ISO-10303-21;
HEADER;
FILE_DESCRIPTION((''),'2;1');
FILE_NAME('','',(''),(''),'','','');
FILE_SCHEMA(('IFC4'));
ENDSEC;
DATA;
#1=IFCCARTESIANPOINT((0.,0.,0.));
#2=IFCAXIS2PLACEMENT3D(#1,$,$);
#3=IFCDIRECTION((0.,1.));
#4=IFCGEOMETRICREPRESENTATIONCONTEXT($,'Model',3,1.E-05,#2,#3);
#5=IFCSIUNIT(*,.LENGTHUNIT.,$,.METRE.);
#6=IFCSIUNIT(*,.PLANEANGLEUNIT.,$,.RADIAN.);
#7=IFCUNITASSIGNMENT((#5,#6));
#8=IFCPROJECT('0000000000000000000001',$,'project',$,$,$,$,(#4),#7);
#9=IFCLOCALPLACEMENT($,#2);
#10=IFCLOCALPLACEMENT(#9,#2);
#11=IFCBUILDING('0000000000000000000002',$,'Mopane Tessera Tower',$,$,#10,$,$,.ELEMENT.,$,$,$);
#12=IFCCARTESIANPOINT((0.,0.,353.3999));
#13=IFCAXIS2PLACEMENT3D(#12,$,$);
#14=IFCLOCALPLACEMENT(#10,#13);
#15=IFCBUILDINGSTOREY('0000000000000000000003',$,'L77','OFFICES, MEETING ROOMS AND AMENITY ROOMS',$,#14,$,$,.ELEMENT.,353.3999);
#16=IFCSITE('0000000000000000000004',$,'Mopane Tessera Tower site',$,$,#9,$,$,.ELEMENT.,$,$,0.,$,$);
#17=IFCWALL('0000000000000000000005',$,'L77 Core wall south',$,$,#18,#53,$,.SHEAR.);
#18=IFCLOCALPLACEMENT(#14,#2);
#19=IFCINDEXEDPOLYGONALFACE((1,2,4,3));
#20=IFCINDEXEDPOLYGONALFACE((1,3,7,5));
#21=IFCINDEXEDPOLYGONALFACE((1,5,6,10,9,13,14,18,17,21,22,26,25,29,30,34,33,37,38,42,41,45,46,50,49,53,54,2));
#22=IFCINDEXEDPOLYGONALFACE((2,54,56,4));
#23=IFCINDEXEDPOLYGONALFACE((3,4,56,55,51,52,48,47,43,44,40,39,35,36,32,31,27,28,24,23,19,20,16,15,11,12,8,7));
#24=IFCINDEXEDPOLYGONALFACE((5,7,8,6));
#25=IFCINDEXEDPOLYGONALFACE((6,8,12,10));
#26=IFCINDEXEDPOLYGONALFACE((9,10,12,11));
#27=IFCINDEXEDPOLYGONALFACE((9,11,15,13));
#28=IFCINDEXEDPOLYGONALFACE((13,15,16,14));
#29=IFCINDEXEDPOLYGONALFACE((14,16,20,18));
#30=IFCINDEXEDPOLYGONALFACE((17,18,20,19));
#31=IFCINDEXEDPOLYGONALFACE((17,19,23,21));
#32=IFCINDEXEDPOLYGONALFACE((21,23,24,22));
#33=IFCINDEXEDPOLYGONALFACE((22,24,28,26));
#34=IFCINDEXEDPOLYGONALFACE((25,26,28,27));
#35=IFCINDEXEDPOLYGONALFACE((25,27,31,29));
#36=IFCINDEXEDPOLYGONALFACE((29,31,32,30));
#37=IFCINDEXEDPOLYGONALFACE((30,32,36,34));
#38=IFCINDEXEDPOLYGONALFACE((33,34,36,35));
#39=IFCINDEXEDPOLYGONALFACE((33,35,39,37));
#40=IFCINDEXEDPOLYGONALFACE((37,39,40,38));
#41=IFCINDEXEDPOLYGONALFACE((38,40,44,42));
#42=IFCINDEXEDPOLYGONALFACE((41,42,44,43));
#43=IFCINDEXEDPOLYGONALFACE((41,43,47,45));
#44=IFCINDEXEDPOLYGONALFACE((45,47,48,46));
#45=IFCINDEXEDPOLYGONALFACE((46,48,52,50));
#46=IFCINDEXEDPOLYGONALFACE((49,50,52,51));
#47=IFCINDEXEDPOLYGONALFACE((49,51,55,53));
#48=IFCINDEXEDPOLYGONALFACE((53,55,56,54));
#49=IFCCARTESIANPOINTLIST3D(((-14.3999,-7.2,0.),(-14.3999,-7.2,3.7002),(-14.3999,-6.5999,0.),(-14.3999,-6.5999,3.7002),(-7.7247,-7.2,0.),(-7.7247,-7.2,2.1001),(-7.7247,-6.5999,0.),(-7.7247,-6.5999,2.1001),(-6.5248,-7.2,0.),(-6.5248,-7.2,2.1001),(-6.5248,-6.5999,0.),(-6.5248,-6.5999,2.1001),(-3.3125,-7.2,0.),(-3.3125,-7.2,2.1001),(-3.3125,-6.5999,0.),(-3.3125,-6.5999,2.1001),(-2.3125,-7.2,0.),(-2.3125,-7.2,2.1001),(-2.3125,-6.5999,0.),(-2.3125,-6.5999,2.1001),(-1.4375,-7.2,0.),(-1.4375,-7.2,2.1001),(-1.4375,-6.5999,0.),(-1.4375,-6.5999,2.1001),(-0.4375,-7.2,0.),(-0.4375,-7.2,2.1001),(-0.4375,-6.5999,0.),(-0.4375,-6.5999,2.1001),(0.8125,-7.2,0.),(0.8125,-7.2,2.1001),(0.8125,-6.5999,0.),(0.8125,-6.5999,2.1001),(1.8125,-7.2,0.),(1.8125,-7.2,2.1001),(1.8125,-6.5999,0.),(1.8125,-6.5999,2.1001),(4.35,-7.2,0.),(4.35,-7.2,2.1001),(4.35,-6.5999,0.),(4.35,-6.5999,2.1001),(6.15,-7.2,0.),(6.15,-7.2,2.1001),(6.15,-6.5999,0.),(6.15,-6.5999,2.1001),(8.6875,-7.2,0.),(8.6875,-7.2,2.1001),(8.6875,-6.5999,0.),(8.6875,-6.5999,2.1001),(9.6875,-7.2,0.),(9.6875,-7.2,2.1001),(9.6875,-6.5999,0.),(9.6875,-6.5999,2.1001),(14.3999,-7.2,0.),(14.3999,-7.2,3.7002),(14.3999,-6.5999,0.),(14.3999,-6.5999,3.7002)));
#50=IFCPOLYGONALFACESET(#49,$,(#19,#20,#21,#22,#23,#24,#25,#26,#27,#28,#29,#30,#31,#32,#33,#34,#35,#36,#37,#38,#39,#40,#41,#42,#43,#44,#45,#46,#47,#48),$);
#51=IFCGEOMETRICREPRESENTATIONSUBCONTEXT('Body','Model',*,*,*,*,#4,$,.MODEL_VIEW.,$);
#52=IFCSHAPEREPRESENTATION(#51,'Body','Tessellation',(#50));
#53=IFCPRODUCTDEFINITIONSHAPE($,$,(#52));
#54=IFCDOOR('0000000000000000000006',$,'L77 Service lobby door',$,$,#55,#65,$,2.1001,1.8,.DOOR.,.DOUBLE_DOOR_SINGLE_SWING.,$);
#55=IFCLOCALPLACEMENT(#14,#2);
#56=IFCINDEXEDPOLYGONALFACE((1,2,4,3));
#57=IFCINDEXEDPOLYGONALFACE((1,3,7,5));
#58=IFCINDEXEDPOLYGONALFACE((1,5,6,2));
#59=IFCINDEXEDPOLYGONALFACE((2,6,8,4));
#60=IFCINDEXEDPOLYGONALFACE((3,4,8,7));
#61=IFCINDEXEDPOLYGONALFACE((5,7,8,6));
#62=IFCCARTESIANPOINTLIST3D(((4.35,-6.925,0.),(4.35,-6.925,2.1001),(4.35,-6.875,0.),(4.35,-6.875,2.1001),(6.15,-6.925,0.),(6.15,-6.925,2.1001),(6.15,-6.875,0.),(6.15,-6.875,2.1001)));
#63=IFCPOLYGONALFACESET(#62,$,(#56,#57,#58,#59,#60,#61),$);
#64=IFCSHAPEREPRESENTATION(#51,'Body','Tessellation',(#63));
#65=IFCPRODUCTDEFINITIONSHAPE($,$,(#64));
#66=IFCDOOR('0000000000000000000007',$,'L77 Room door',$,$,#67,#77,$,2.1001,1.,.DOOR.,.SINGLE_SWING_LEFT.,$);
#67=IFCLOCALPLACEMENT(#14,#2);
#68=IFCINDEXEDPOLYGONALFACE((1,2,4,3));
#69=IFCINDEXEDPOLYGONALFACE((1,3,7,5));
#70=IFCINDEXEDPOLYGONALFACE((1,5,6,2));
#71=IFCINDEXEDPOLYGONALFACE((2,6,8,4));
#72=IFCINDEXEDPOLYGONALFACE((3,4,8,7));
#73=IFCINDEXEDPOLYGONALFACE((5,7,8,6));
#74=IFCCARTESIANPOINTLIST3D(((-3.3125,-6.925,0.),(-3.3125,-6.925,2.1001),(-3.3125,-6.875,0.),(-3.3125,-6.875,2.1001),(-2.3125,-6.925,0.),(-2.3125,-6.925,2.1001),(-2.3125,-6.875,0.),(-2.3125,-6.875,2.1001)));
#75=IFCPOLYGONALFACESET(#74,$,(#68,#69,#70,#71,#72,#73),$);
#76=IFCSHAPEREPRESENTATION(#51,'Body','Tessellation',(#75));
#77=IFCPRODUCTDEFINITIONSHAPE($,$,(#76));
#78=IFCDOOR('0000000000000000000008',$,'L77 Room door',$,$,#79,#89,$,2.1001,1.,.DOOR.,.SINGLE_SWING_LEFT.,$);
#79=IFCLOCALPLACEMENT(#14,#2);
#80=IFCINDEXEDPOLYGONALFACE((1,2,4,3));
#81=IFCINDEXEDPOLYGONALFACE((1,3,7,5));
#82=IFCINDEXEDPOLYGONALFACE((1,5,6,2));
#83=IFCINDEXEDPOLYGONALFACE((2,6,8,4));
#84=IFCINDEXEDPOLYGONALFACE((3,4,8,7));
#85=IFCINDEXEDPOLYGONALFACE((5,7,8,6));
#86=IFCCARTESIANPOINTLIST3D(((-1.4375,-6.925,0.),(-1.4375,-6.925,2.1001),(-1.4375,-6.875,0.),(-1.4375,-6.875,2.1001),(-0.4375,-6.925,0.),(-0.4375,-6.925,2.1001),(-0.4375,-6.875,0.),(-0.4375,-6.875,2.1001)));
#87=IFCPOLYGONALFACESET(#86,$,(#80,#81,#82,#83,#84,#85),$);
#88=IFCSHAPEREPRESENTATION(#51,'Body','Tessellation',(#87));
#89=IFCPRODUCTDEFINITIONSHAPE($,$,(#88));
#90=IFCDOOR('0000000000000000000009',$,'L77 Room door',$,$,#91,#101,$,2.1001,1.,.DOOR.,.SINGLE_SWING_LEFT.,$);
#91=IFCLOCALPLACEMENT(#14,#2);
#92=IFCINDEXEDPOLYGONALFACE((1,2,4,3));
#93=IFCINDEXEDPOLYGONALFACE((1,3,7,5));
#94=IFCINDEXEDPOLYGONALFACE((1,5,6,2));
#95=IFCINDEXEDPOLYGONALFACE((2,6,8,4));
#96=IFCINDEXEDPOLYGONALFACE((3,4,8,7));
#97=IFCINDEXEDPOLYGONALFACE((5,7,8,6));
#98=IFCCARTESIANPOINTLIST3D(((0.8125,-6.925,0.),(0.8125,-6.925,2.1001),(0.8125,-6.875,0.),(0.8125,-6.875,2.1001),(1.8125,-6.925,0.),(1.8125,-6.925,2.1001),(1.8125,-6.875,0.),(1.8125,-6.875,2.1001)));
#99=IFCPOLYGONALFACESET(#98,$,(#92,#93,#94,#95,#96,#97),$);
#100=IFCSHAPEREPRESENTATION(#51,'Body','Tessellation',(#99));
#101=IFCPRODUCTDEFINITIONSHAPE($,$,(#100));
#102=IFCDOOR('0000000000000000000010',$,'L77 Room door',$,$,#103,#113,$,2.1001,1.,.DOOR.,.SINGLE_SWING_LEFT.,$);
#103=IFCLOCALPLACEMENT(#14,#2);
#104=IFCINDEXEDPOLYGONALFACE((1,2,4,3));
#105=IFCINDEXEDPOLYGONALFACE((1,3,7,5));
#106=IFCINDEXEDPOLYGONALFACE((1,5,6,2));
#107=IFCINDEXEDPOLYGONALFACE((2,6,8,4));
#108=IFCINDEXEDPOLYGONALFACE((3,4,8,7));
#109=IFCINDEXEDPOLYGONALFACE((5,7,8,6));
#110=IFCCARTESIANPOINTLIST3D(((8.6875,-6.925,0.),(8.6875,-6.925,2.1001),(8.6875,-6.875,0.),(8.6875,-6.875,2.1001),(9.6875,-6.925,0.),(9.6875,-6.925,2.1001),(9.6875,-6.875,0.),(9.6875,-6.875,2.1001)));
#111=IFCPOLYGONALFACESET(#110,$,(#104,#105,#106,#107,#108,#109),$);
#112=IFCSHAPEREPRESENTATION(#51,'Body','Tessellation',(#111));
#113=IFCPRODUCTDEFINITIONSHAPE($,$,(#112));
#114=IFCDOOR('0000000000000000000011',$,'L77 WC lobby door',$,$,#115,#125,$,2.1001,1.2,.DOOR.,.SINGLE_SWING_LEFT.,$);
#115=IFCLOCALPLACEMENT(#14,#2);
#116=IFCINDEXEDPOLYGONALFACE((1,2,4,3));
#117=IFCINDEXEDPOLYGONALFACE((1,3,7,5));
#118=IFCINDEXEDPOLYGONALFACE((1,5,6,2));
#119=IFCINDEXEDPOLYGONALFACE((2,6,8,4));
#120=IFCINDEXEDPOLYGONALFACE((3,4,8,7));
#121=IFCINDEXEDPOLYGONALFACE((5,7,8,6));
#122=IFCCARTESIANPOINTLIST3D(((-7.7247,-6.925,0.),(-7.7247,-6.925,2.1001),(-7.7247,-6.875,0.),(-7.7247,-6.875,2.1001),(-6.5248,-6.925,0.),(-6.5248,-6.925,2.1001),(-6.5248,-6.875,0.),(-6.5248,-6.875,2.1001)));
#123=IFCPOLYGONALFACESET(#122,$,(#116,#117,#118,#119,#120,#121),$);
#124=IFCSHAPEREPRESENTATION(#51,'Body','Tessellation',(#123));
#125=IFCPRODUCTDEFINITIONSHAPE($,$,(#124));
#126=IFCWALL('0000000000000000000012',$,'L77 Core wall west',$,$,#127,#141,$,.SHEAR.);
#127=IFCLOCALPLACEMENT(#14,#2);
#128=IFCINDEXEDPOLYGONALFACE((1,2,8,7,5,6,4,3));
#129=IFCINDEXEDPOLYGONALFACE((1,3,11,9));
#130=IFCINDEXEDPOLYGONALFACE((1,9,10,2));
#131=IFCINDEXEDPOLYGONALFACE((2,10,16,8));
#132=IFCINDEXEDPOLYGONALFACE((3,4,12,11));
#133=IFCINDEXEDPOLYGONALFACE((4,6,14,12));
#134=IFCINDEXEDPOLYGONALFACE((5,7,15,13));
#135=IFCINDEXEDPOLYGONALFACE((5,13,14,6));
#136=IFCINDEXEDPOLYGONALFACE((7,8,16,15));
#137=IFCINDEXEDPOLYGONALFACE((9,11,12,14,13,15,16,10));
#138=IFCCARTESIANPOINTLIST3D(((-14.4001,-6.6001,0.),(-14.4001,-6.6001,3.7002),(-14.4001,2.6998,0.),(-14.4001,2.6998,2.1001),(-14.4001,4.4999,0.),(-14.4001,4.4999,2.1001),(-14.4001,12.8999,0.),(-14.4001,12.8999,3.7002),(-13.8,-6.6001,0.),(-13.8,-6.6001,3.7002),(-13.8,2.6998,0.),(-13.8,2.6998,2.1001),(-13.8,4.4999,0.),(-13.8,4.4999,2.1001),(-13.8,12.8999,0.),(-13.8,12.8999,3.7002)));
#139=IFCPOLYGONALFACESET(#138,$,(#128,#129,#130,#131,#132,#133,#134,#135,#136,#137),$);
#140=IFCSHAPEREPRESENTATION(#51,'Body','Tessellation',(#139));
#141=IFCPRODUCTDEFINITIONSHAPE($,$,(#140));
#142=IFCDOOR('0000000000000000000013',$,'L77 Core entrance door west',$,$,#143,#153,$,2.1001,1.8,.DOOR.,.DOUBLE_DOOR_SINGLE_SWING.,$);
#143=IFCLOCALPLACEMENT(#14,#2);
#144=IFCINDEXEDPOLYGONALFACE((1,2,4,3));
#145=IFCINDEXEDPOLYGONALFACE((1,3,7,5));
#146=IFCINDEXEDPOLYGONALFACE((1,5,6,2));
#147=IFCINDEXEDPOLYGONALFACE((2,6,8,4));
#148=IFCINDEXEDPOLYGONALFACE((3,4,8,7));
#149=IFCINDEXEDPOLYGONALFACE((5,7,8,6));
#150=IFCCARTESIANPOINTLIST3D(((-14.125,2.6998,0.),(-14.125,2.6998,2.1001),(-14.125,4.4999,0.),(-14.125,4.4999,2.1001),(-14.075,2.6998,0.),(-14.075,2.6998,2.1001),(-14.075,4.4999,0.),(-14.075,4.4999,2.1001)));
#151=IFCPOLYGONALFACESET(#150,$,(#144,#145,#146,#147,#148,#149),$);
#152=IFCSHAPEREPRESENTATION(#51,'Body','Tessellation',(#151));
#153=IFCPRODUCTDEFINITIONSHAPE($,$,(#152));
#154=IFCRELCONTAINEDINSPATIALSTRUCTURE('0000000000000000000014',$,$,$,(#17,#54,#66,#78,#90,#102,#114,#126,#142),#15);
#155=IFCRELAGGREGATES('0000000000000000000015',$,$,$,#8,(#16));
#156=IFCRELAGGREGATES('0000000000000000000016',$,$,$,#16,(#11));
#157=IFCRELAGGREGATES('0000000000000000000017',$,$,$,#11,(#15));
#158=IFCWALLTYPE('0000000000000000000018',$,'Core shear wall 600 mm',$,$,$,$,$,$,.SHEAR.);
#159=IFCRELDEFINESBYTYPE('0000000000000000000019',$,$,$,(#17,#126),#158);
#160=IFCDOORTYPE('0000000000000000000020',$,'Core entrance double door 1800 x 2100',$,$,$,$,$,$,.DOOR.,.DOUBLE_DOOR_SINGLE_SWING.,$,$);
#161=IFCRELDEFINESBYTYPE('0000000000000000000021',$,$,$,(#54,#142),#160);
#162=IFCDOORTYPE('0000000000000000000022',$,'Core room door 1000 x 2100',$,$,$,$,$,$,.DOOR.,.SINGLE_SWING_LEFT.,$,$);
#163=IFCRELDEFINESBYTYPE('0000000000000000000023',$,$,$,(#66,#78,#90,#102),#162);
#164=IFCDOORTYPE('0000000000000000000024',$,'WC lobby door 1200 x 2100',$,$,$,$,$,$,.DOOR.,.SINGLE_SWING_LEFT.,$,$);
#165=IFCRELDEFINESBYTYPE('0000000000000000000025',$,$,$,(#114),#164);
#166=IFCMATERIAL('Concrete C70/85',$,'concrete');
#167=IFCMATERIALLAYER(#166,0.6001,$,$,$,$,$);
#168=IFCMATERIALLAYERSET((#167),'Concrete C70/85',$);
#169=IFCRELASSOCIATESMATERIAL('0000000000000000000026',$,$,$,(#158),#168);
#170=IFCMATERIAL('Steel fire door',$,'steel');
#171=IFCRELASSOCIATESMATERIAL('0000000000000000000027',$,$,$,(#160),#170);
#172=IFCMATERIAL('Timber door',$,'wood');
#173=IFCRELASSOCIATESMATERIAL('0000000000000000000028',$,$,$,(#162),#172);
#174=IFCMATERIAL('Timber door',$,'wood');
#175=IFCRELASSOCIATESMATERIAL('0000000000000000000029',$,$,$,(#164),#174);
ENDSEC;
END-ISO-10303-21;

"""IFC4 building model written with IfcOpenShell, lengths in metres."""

from ifc_helpers import new_model, si_unit, direction, frame, frame_2d, origin, place, context, subcontext, project, spatial, rectangle, extrude, material, layer, layer_set, type_object, element, fill, save


model = new_model("IFC4")

# Units and contexts
model_context = context("Model", 3, precision=1e-05, world=origin(), true_north=direction((0.0, 1.0)))
body_context = subcontext(model_context, "Body", "Model", "MODEL_VIEW")
ifc_project = project(units=[si_unit("LENGTHUNIT", "METRE"), si_unit("PLANEANGLEUNIT", "RADIAN")], contexts=[model_context])

# Site, building, storey
site_placement = place(None, origin())
site = spatial("IfcSite", under=ifc_project, at=site_placement, Name="Mopane Tessera Tower site", CompositionType="ELEMENT", RefElevation=0.0)
building_placement = place(site_placement, origin())
building = spatial("IfcBuilding", under=site, at=building_placement, Name="Mopane Tessera Tower", CompositionType="ELEMENT")
storey_placement = place(building_placement, frame((0.0, 0.0, 353.3999)))
storey = spatial("IfcBuildingStorey", under=building, at=storey_placement, Name="L77", Description="OFFICES, MEETING ROOMS AND AMENITY ROOMS", CompositionType="ELEMENT", Elevation=353.3999)

# Wall, openings, doors
ifc_material_1 = material(Name="Concrete C70/85", Category="concrete")
ifc_layer_1 = layer(ifc_material_1, 0.6001)
ifc_layer_set_1 = layer_set([ifc_layer_1], Name="Concrete C70/85")
wall_type = type_object("IfcWallType", Name="Core shear wall 600 mm", PredefinedType="SHEAR", material=ifc_layer_set_1)
wall_1_placement = place(storey_placement, frame((-14.3999, -6.8999, 0.0), z_axis=(0.0, 0.0, 1.0), x_axis=(1.0, 0.0, 0.0)))
wall_1 = element("IfcWall", 1, at=wall_1_placement, inside=storey, type_object=wall_type, Name="L77 Core wall south", PredefinedType="SHEAR", context=body_context, shape_type="SweptSolid", body=[
    extrude(rectangle(XDim=28.7998, YDim=0.6001, at=frame_2d((14.3999, 0.0))), origin(), (0.0, 0.0, 1.0), 3.7002),
])
opening_1_placement = place(wall_1_placement, frame((6.675, 0.0, 0.0)))
opening_1 = element("IfcOpeningElement", 2, at=opening_1_placement, cuts=wall_1, PredefinedType="OPENING", context=body_context, shape_type="SweptSolid", body=[
    extrude(rectangle(XDim=1.2, YDim=2.1001, at=frame_2d((0.6001, 1.05))), frame((0.0, 0.312, 0.0), z_axis=(0.0, -1.0, 0.0), x_axis=(1.0, 0.0, 0.0)), (0.0, 0.0, 1.0), 0.624),
])
opening_2_placement = place(wall_1_placement, frame((11.0874, 0.0, 0.0)))
opening_2 = element("IfcOpeningElement", 3, at=opening_2_placement, cuts=wall_1, PredefinedType="OPENING", context=body_context, shape_type="SweptSolid", body=[
    extrude(rectangle(XDim=1.0, YDim=2.1001, at=frame_2d((0.5, 1.05))), frame((0.0, 0.312, 0.0), z_axis=(0.0, -1.0, 0.0), x_axis=(1.0, 0.0, 0.0)), (0.0, 0.0, 1.0), 0.624),
])
opening_3_placement = place(wall_1_placement, frame((12.9624, 0.0, 0.0)))
opening_3 = element("IfcOpeningElement", 4, at=opening_3_placement, cuts=wall_1, PredefinedType="OPENING", context=body_context, shape_type="SweptSolid", body=[
    extrude(rectangle(XDim=1.0, YDim=2.1001, at=frame_2d((0.5, 1.05))), frame((0.0, 0.312, 0.0), z_axis=(0.0, -1.0, 0.0), x_axis=(1.0, 0.0, 0.0)), (0.0, 0.0, 1.0), 0.624),
])
opening_4_placement = place(wall_1_placement, frame((15.2124, 0.0, 0.0)))
opening_4 = element("IfcOpeningElement", 5, at=opening_4_placement, cuts=wall_1, PredefinedType="OPENING", context=body_context, shape_type="SweptSolid", body=[
    extrude(rectangle(XDim=1.0, YDim=2.1001, at=frame_2d((0.5, 1.05))), frame((0.0, 0.312, 0.0), z_axis=(0.0, -1.0, 0.0), x_axis=(1.0, 0.0, 0.0)), (0.0, 0.0, 1.0), 0.624),
])
opening_5_placement = place(wall_1_placement, frame((18.75, 0.0, 0.0)))
opening_5 = element("IfcOpeningElement", 6, at=opening_5_placement, cuts=wall_1, PredefinedType="OPENING", context=body_context, shape_type="SweptSolid", body=[
    extrude(rectangle(XDim=1.8, YDim=2.1001, at=frame_2d((0.8999, 1.05))), frame((0.0, 0.312, 0.0), z_axis=(0.0, -1.0, 0.0), x_axis=(1.0, 0.0, 0.0)), (0.0, 0.0, 1.0), 0.624),
])
opening_6_placement = place(wall_1_placement, frame((23.0874, 0.0, 0.0)))
opening_6 = element("IfcOpeningElement", 7, at=opening_6_placement, cuts=wall_1, PredefinedType="OPENING", context=body_context, shape_type="SweptSolid", body=[
    extrude(rectangle(XDim=1.0, YDim=2.1001, at=frame_2d((0.5, 1.05))), frame((0.0, 0.312, 0.0), z_axis=(0.0, -1.0, 0.0), x_axis=(1.0, 0.0, 0.0)), (0.0, 0.0, 1.0), 0.624),
])
ifc_material_2 = material(Name="Steel fire door", Category="steel")
door_type_1 = type_object("IfcDoorType", Name="Core entrance double door 1800 x 2100", OperationType="DOUBLE_DOOR_SINGLE_SWING", PredefinedType="DOOR", material=ifc_material_2)
door_1_placement = place(opening_5_placement, origin())
door_1 = element("IfcDoor", 8, at=door_1_placement, inside=storey, type_object=door_type_1, Name="L77 Service lobby door", OperationType="DOUBLE_DOOR_SINGLE_SWING", OverallHeight=2.1001, OverallWidth=1.8, PredefinedType="DOOR", context=body_context, shape_type="SweptSolid", body=[
    extrude(rectangle(XDim=1.8, YDim=2.1001, at=frame_2d((0.8999, 1.05))), frame((0.0, 0.0249, 0.0), z_axis=(0.0, -1.0, 0.0), x_axis=(1.0, 0.0, 0.0)), (0.0, 0.0, 1.0), 0.05),
])
fill(opening_5, door_1)
ifc_material_3 = material(Name="Timber door", Category="wood")
door_type_2 = type_object("IfcDoorType", Name="Core room door 1000 x 2100", OperationType="SINGLE_SWING_LEFT", PredefinedType="DOOR", material=ifc_material_3)
door_2_placement = place(opening_2_placement, origin())
door_2 = element("IfcDoor", 9, at=door_2_placement, inside=storey, type_object=door_type_2, Name="L77 Room door", OperationType="SINGLE_SWING_LEFT", OverallHeight=2.1001, OverallWidth=1.0, PredefinedType="DOOR", context=body_context, shape_type="SweptSolid", body=[
    extrude(rectangle(XDim=1.0, YDim=2.1001, at=frame_2d((0.5, 1.05))), frame((0.0, 0.0249, 0.0), z_axis=(0.0, -1.0, 0.0), x_axis=(1.0, 0.0, 0.0)), (0.0, 0.0, 1.0), 0.05),
])
fill(opening_2, door_2)
door_3_placement = place(opening_3_placement, origin())
door_3 = element("IfcDoor", 10, at=door_3_placement, inside=storey, type_object=door_type_2, Name="L77 Room door", OperationType="SINGLE_SWING_LEFT", OverallHeight=2.1001, OverallWidth=1.0, PredefinedType="DOOR", context=body_context, shape_type="SweptSolid", body=[
    extrude(rectangle(XDim=1.0, YDim=2.1001, at=frame_2d((0.5, 1.05))), frame((0.0, 0.0249, 0.0), z_axis=(0.0, -1.0, 0.0), x_axis=(1.0, 0.0, 0.0)), (0.0, 0.0, 1.0), 0.05),
])
fill(opening_3, door_3)
door_4_placement = place(opening_4_placement, origin())
door_4 = element("IfcDoor", 11, at=door_4_placement, inside=storey, type_object=door_type_2, Name="L77 Room door", OperationType="SINGLE_SWING_LEFT", OverallHeight=2.1001, OverallWidth=1.0, PredefinedType="DOOR", context=body_context, shape_type="SweptSolid", body=[
    extrude(rectangle(XDim=1.0, YDim=2.1001, at=frame_2d((0.5, 1.05))), frame((0.0, 0.0249, 0.0), z_axis=(0.0, -1.0, 0.0), x_axis=(1.0, 0.0, 0.0)), (0.0, 0.0, 1.0), 0.05),
])
fill(opening_4, door_4)
door_5_placement = place(opening_6_placement, origin())
door_5 = element("IfcDoor", 12, at=door_5_placement, inside=storey, type_object=door_type_2, Name="L77 Room door", OperationType="SINGLE_SWING_LEFT", OverallHeight=2.1001, OverallWidth=1.0, PredefinedType="DOOR", context=body_context, shape_type="SweptSolid", body=[
    extrude(rectangle(XDim=1.0, YDim=2.1001, at=frame_2d((0.5, 1.05))), frame((0.0, 0.0249, 0.0), z_axis=(0.0, -1.0, 0.0), x_axis=(1.0, 0.0, 0.0)), (0.0, 0.0, 1.0), 0.05),
])
fill(opening_6, door_5)
ifc_material_4 = material(Name="Timber door", Category="wood")
door_type_3 = type_object("IfcDoorType", Name="WC lobby door 1200 x 2100", OperationType="SINGLE_SWING_LEFT", PredefinedType="DOOR", material=ifc_material_4)
door_6_placement = place(opening_1_placement, origin())
door_6 = element("IfcDoor", 13, at=door_6_placement, inside=storey, type_object=door_type_3, Name="L77 WC lobby door", OperationType="SINGLE_SWING_LEFT", OverallHeight=2.1001, OverallWidth=1.2, PredefinedType="DOOR", context=body_context, shape_type="SweptSolid", body=[
    extrude(rectangle(XDim=1.2, YDim=2.1001, at=frame_2d((0.6001, 1.05))), frame((0.0, 0.0249, 0.0), z_axis=(0.0, -1.0, 0.0), x_axis=(1.0, 0.0, 0.0)), (0.0, 0.0, 1.0), 0.05),
])
fill(opening_1, door_6)

# Wall, opening, door
wall_2_placement = place(storey_placement, frame((-14.1001, -6.6001, 0.0), z_axis=(0.0, 0.0, 1.0), x_axis=(0.0, 1.0, 0.0)))
wall_2 = element("IfcWall", 14, at=wall_2_placement, inside=storey, type_object=wall_type, Name="L77 Core wall west", PredefinedType="SHEAR", context=body_context, shape_type="SweptSolid", body=[
    extrude(rectangle(XDim=19.5, YDim=0.6001, at=frame_2d((9.75, 0.0))), origin(), (0.0, 0.0, 1.0), 3.7002),
])
opening_7_placement = place(wall_2_placement, frame((9.3, 0.0, 0.0)))
opening_7 = element("IfcOpeningElement", 15, at=opening_7_placement, cuts=wall_2, PredefinedType="OPENING", context=body_context, shape_type="SweptSolid", body=[
    extrude(rectangle(XDim=1.8, YDim=2.1001, at=frame_2d((0.8999, 1.05))), frame((0.0, 0.312, 0.0), z_axis=(0.0, -1.0, 0.0), x_axis=(1.0, 0.0, 0.0)), (0.0, 0.0, 1.0), 0.624),
])
door_7_placement = place(opening_7_placement, origin())
door_7 = element("IfcDoor", 16, at=door_7_placement, inside=storey, type_object=door_type_1, Name="L77 Core entrance door west", OperationType="DOUBLE_DOOR_SINGLE_SWING", OverallHeight=2.1001, OverallWidth=1.8, PredefinedType="DOOR", context=body_context, shape_type="SweptSolid", body=[
    extrude(rectangle(XDim=1.8, YDim=2.1001, at=frame_2d((0.8999, 1.05))), frame((0.0, 0.0249, 0.0), z_axis=(0.0, -1.0, 0.0), x_axis=(1.0, 0.0, 0.0)), (0.0, 0.0, 1.0), 0.05),
])
fill(opening_7, door_7)

save(model, "model.ifc")
